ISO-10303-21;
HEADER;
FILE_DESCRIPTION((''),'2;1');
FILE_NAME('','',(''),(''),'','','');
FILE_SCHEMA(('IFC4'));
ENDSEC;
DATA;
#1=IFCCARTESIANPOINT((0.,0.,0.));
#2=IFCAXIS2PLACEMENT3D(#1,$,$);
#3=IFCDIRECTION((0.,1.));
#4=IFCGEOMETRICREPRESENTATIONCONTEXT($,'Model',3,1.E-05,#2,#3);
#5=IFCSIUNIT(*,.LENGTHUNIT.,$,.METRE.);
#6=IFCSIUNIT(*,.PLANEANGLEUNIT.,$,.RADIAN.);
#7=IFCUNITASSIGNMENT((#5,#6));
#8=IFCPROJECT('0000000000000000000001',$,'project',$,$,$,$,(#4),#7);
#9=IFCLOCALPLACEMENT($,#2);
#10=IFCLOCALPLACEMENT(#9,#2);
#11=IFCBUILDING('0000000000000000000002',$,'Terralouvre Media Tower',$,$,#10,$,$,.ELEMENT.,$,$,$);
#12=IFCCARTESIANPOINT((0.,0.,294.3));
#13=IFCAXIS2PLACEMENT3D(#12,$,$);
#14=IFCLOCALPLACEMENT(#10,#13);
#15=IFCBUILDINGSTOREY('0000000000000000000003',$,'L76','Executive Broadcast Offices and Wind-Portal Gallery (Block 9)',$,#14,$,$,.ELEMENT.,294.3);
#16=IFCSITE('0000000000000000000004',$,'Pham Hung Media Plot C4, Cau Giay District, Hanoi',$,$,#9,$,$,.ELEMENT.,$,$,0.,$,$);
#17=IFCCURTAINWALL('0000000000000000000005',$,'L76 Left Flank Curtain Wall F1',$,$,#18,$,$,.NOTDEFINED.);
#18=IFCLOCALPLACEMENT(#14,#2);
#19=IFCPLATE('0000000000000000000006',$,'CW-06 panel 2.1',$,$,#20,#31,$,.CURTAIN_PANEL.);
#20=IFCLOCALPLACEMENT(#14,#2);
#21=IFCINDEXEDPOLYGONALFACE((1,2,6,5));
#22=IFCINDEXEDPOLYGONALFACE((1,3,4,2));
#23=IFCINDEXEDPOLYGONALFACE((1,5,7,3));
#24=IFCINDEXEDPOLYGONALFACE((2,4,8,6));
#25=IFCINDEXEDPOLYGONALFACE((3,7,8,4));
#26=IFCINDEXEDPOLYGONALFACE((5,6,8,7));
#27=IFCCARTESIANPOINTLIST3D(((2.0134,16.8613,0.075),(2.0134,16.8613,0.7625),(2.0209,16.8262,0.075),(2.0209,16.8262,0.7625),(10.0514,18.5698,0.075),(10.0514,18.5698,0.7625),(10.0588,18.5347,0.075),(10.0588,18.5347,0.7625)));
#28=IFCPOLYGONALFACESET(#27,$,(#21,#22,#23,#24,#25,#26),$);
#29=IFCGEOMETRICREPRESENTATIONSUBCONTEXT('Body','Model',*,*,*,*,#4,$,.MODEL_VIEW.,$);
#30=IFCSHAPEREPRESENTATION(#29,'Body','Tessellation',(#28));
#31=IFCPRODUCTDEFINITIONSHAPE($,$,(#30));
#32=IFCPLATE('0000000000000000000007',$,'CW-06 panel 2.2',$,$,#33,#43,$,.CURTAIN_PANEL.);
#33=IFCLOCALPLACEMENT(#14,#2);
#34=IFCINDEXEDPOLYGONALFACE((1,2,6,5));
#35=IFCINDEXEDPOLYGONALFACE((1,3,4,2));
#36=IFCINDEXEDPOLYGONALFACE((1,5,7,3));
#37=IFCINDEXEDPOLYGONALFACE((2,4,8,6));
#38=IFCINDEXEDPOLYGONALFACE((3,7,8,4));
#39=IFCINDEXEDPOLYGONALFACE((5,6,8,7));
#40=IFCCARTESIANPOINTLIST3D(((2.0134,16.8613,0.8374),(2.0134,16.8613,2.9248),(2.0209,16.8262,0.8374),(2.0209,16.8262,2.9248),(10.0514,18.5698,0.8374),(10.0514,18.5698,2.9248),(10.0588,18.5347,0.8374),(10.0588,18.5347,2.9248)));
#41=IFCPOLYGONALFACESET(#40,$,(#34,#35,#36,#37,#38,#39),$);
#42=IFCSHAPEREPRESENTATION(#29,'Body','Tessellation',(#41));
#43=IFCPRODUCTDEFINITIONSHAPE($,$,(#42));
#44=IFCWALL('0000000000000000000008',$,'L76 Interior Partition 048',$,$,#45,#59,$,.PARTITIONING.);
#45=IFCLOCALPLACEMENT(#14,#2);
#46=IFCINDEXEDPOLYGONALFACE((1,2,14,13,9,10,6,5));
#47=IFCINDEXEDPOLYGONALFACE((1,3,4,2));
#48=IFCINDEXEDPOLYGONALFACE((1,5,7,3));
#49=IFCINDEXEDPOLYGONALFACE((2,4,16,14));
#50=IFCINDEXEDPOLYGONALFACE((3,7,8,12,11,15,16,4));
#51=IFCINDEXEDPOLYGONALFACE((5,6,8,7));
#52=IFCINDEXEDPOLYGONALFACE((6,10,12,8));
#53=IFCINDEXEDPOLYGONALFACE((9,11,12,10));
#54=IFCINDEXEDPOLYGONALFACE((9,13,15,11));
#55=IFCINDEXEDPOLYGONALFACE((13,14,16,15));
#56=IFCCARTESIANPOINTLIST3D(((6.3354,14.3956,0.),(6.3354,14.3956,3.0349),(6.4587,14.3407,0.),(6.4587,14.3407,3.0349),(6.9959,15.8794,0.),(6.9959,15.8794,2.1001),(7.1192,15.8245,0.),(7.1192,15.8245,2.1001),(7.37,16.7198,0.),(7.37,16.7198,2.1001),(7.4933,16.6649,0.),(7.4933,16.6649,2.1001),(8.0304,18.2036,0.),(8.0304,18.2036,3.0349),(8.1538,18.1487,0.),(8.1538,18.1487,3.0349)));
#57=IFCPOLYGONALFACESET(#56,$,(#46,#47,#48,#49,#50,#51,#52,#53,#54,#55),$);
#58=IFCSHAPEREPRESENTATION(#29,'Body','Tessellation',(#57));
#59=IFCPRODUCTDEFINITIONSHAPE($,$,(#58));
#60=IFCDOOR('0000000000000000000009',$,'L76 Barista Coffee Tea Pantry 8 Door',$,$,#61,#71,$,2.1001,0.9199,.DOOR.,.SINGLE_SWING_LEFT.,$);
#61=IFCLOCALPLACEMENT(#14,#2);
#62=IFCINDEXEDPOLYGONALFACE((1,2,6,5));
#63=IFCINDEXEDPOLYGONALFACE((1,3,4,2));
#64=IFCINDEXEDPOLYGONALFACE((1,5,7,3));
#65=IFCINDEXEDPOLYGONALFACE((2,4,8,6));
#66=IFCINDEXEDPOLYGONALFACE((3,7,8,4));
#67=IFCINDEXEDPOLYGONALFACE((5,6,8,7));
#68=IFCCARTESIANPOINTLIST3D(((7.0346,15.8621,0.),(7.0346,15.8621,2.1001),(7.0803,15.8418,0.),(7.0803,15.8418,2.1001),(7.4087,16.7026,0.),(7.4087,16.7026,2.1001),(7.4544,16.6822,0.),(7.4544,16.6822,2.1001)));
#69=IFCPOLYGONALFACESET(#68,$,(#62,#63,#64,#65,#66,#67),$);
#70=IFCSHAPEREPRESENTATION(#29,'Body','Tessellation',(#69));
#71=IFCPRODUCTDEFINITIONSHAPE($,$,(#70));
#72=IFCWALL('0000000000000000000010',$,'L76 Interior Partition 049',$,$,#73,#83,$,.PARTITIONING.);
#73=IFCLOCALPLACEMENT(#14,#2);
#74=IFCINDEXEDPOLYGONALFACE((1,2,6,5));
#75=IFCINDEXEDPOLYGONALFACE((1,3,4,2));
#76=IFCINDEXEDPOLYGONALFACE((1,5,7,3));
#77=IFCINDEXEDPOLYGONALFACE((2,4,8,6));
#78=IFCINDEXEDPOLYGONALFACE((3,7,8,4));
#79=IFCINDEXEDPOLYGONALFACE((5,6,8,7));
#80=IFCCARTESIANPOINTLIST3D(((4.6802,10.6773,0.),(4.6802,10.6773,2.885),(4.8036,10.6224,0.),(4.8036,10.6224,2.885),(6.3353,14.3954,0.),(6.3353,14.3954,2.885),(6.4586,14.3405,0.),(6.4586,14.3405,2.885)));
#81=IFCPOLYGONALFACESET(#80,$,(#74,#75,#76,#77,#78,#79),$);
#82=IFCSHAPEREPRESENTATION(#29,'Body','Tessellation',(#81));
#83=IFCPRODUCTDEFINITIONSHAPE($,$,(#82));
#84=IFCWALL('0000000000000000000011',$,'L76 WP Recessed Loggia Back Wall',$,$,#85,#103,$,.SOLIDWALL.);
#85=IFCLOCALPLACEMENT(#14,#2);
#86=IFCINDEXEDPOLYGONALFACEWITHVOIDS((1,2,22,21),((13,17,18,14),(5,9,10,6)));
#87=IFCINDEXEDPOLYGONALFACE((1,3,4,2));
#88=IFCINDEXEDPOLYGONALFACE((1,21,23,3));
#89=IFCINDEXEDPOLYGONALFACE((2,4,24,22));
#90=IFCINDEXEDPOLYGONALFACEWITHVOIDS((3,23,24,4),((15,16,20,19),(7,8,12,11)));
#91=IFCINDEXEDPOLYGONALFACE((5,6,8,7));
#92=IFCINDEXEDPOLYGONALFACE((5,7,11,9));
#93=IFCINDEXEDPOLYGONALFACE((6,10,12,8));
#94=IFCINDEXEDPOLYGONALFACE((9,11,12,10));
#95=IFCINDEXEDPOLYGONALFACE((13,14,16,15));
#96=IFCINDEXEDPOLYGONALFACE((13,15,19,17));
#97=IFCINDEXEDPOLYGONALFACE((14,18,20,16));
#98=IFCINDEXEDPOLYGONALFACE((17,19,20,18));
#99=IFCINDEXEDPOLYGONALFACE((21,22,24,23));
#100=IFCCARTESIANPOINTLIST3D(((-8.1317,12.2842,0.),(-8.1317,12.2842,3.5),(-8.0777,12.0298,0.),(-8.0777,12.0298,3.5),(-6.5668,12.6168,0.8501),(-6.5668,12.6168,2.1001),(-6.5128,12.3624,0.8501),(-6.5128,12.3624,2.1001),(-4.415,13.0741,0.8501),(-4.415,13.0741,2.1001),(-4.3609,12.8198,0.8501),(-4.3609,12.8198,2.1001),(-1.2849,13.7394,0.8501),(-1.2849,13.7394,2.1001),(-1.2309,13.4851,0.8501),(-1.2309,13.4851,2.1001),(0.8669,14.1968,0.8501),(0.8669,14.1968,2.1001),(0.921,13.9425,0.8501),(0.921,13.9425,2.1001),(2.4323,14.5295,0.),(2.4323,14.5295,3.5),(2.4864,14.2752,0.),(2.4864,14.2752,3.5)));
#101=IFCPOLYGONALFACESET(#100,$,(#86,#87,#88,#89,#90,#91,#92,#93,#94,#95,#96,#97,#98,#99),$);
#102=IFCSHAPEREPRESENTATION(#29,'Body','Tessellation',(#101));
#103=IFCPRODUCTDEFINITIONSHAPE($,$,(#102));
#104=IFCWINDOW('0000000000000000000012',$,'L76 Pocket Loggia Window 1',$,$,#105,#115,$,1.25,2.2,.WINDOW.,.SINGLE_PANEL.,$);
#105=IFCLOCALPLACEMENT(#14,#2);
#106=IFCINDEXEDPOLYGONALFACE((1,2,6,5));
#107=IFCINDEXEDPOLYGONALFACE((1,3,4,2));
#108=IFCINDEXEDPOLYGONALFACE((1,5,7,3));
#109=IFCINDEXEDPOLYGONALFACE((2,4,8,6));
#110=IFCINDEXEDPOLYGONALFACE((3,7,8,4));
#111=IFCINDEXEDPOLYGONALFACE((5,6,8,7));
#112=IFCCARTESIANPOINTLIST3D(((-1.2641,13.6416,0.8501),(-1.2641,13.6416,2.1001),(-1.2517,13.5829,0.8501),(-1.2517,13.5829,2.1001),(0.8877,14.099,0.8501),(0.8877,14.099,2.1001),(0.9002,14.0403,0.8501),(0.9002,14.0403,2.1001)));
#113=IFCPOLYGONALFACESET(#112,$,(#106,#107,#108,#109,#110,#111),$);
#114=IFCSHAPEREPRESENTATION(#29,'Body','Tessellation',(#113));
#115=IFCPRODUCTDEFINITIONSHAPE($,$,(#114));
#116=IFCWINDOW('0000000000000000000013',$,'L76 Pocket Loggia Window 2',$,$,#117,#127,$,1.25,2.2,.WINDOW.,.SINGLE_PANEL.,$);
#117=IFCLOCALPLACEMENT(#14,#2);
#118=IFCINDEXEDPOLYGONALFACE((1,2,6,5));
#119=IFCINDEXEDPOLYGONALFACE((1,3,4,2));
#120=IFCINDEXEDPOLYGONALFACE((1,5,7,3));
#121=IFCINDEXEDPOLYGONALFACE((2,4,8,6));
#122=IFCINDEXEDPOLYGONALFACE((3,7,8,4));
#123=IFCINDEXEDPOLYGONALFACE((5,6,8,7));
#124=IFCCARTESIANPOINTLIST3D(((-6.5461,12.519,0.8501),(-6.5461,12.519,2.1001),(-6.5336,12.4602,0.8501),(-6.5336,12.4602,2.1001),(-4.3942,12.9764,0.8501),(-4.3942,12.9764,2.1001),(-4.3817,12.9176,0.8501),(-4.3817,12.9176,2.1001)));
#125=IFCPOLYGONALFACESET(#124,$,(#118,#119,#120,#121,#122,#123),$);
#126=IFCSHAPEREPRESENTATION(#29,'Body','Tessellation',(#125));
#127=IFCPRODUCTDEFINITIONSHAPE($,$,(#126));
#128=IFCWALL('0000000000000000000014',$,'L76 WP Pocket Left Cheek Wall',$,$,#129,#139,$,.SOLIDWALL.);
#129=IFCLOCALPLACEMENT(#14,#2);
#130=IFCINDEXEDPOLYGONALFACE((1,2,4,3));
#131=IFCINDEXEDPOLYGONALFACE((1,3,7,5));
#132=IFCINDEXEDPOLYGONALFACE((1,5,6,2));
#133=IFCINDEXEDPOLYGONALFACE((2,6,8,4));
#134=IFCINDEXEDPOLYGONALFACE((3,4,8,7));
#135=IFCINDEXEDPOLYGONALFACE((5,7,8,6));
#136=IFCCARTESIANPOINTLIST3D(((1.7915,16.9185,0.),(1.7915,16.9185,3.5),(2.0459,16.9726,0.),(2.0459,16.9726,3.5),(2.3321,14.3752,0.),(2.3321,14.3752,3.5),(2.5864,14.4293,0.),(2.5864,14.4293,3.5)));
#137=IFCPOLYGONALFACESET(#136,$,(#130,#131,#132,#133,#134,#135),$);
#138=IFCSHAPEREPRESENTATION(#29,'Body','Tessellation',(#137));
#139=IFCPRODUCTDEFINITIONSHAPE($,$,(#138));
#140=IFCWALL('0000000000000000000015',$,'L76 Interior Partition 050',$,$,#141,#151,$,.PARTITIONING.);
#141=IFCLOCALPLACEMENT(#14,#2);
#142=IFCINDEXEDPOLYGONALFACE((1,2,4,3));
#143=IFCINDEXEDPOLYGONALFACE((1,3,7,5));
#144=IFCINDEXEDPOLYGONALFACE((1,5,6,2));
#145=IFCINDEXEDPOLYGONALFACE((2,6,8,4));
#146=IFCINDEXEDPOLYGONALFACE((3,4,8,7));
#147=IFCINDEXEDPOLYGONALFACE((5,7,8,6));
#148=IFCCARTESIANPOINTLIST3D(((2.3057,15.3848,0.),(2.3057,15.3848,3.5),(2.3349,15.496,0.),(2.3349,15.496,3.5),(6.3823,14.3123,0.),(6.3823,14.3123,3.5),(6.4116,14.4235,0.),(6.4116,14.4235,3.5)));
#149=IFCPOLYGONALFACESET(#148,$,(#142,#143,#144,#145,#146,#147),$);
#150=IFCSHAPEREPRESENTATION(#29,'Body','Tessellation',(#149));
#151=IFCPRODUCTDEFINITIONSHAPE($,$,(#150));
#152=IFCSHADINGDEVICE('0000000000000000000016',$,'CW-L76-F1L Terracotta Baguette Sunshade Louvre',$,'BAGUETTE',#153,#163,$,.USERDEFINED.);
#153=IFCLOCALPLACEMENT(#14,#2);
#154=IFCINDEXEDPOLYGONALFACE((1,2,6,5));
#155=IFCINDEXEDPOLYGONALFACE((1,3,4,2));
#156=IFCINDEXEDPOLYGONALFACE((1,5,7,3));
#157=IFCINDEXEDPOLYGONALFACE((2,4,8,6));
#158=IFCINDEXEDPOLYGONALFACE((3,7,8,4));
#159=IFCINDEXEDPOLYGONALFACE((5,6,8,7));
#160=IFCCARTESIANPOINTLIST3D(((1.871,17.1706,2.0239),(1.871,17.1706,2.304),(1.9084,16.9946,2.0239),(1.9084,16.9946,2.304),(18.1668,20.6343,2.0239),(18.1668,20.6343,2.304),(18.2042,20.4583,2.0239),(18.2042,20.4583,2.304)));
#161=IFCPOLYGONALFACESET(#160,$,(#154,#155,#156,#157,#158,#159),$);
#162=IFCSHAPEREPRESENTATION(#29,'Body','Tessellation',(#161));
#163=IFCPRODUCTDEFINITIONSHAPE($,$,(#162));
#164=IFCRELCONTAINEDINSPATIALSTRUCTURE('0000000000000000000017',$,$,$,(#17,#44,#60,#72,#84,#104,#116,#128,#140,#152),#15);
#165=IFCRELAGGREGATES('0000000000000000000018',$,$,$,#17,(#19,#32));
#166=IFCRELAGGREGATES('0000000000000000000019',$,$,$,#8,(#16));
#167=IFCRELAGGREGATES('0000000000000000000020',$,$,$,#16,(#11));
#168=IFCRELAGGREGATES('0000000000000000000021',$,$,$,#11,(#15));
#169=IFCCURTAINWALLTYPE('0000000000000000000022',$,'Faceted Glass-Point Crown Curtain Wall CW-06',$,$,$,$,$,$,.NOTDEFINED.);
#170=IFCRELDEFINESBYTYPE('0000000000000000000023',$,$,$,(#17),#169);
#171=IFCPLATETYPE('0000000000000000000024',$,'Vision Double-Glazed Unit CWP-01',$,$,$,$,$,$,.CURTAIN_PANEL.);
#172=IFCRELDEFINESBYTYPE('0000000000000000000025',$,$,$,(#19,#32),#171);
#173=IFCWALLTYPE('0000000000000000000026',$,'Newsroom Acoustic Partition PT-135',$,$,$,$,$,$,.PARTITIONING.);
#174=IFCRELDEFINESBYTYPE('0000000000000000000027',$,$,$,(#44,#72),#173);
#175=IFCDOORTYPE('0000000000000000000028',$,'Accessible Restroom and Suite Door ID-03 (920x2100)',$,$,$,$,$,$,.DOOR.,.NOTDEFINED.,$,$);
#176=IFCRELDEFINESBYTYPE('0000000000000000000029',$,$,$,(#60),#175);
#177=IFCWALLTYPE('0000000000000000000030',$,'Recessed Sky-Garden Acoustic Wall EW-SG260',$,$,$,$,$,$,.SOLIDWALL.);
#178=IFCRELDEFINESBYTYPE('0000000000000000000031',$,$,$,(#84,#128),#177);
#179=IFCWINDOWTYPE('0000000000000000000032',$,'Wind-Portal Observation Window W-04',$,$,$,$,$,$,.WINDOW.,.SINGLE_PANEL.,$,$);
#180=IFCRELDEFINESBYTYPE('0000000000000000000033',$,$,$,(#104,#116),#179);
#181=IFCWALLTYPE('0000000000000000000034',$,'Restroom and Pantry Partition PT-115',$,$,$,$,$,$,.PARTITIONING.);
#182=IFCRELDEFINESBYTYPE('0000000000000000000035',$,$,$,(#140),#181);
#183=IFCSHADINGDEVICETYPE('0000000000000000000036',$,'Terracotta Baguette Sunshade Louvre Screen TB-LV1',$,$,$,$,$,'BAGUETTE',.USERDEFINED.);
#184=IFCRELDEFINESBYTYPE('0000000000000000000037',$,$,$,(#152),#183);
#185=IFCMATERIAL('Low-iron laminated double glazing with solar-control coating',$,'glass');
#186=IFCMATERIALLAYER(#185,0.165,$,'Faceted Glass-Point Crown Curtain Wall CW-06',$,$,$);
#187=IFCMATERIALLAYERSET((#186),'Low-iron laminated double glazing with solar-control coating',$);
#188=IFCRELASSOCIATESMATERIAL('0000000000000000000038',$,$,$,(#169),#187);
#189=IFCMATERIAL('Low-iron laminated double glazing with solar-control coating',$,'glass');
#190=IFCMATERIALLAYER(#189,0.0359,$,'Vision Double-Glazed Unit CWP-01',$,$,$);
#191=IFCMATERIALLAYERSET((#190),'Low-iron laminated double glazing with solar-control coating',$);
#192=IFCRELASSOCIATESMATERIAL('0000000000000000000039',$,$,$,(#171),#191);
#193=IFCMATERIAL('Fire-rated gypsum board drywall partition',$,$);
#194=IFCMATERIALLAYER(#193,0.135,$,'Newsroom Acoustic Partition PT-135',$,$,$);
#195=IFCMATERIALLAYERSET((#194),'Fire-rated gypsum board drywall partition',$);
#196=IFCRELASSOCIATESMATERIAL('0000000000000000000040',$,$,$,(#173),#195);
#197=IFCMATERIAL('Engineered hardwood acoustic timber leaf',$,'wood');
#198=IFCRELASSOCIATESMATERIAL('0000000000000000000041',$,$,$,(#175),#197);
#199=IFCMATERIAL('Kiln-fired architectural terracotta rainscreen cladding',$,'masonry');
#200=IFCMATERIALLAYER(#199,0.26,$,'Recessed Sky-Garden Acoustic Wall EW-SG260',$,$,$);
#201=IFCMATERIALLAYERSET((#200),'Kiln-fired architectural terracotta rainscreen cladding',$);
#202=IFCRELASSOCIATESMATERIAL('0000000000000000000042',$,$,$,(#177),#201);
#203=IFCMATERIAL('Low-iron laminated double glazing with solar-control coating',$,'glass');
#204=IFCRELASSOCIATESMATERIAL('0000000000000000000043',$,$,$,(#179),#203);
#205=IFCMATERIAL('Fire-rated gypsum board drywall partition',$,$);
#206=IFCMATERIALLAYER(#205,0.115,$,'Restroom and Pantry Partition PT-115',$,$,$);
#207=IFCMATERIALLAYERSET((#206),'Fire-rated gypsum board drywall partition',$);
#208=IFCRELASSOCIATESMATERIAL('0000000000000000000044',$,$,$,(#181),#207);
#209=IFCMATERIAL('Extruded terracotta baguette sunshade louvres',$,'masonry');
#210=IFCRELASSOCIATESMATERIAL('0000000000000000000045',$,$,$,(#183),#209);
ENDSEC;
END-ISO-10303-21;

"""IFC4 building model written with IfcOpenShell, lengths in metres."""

from ifc_helpers import new_model, si_unit, direction, frame, frame_2d, origin, origin_2d, place, context, subcontext, project, spatial, rectangle, extrude, material, layer, layer_set, type_object, element, fill, aggregate, save


model = new_model("IFC4")

# Units and contexts
model_context = context("Model", 3, precision=1e-05, world=origin(), true_north=direction((0.0, 1.0)))
body_context = subcontext(model_context, "Body", "Model", "MODEL_VIEW")
ifc_project = project(units=[si_unit("LENGTHUNIT", "METRE"), si_unit("PLANEANGLEUNIT", "RADIAN")], contexts=[model_context])

# Site, building, storey
site_placement = place(None, origin())
site = spatial("IfcSite", under=ifc_project, at=site_placement, Name="Pham Hung Media Plot C4, Cau Giay District, Hanoi", CompositionType="ELEMENT", RefElevation=0.0)
building_placement = place(site_placement, origin())
building = spatial("IfcBuilding", under=site, at=building_placement, Name="Terralouvre Media Tower", CompositionType="ELEMENT")
storey_placement = place(building_placement, frame((0.0, 0.0, 294.3)))
storey = spatial("IfcBuildingStorey", under=building, at=storey_placement, Name="L76", Description="Executive Broadcast Offices and Wind-Portal Gallery (Block 9)", CompositionType="ELEMENT", Elevation=294.3)

# Curtain wall
ifc_material_1 = material(Name="Low-iron laminated double glazing with solar-control coating", Category="glass")
ifc_layer_1 = layer(ifc_material_1, 0.165, Name="Faceted Glass-Point Crown Curtain Wall CW-06")
ifc_layer_set_1 = layer_set([ifc_layer_1], Name="Low-iron laminated double glazing with solar-control coating")
curtain_wall_type = type_object("IfcCurtainWallType", Name="Faceted Glass-Point Crown Curtain Wall CW-06", PredefinedType="NOTDEFINED", material=ifc_layer_set_1)
curtain_wall_placement = place(storey_placement, origin())
curtain_wall = element("IfcCurtainWall", 1, at=curtain_wall_placement, inside=storey, type_object=curtain_wall_type, Name="L76 Left Flank Curtain Wall F1", PredefinedType="NOTDEFINED")

# Plates
ifc_material_2 = material(Name="Low-iron laminated double glazing with solar-control coating", Category="glass")
ifc_layer_2 = layer(ifc_material_2, 0.0359, Name="Vision Double-Glazed Unit CWP-01")
ifc_layer_set_2 = layer_set([ifc_layer_2], Name="Low-iron laminated double glazing with solar-control coating")
plate_type = type_object("IfcPlateType", Name="Vision Double-Glazed Unit CWP-01", PredefinedType="CURTAIN_PANEL", material=ifc_layer_set_2)
plate_1_placement = place(storey_placement, frame((6.0361, 17.698, 0.075), z_axis=(0.0, 0.0, 1.0), x_axis=(-0.978148, -0.207912, 0.0)))
plate_1 = element("IfcPlate", 2, at=plate_1_placement, type_object=plate_type, Name="CW-06 panel 2.1", PredefinedType="CURTAIN_PANEL", context=body_context, shape_type="SweptSolid", body=[
    extrude(rectangle(XDim=8.2175, YDim=0.0359, at=origin_2d()), origin(), (0.0, 0.0, 1.0), 0.6875),
])
plate_2_placement = place(storey_placement, frame((6.0361, 17.698, 0.8374), z_axis=(0.0, 0.0, 1.0), x_axis=(-0.978148, -0.207912, 0.0)))
plate_2 = element("IfcPlate", 3, at=plate_2_placement, type_object=plate_type, Name="CW-06 panel 2.2", PredefinedType="CURTAIN_PANEL", context=body_context, shape_type="SweptSolid", body=[
    extrude(rectangle(XDim=8.2175, YDim=0.0359, at=origin_2d()), origin(), (0.0, 0.0, 1.0), 2.0874),
])
aggregate(curtain_wall, [plate_1, plate_2])

# Wall, opening, door
ifc_material_3 = material(Name="Fire-rated gypsum board drywall partition")
ifc_layer_3 = layer(ifc_material_3, 0.135, Name="Newsroom Acoustic Partition PT-135")
ifc_layer_set_3 = layer_set([ifc_layer_3], Name="Fire-rated gypsum board drywall partition")
wall_type_1 = type_object("IfcWallType", Name="Newsroom Acoustic Partition PT-135", PredefinedType="PARTITIONING", material=ifc_layer_set_3)
wall_1_placement = place(storey_placement, frame((8.092, 18.176, 0.0), z_axis=(0.0, 0.0, 1.0), x_axis=(-0.406655, -0.913582, 0.0)))
wall_1 = element("IfcWall", 4, at=wall_1_placement, inside=storey, type_object=wall_type_1, Name="L76 Interior Partition 048", PredefinedType="PARTITIONING", context=body_context, shape_type="SweptSolid", body=[
    extrude(rectangle(XDim=4.1682, YDim=0.135, at=frame_2d((2.084, 0.0))), origin(), (0.0, 0.0, 1.0), 3.0349),
])
opening_1_placement = place(wall_1_placement, frame((1.624, 0.0, 0.0)))
opening_1 = element("IfcOpeningElement", 5, at=opening_1_placement, cuts=wall_1, PredefinedType="OPENING", context=body_context, shape_type="SweptSolid", body=[
    extrude(rectangle(XDim=0.9199, YDim=2.1001, at=frame_2d((0.46, 1.05))), frame((0.0, 0.0774, 0.0), z_axis=(0.0, -1.0, 0.0), x_axis=(1.0, 0.0, 0.0)), (0.0, 0.0, 1.0), 0.155),
])
ifc_material_4 = material(Name="Engineered hardwood acoustic timber leaf", Category="wood")
door_type = type_object("IfcDoorType", Name="Accessible Restroom and Suite Door ID-03 (920x2100)", OperationType="NOTDEFINED", PredefinedType="DOOR", material=ifc_material_4)
door_placement = place(opening_1_placement, origin())
door = element("IfcDoor", 6, at=door_placement, inside=storey, type_object=door_type, Name="L76 Barista Coffee Tea Pantry 8 Door", OperationType="SINGLE_SWING_LEFT", OverallHeight=2.1001, OverallWidth=0.9199, PredefinedType="DOOR", context=body_context, shape_type="SweptSolid", body=[
    extrude(rectangle(XDim=0.9199, YDim=2.1001, at=frame_2d((0.46, 1.05))), frame((0.0, 0.0249, 0.0), z_axis=(0.0, -1.0, 0.0), x_axis=(1.0, 0.0, 0.0)), (0.0, 0.0, 1.0), 0.05),
])
fill(opening_1, door)

# Wall
wall_2_placement = place(storey_placement, frame((6.397, 14.3679, 0.0), z_axis=(0.0, 0.0, 1.0), x_axis=(-0.406667, -0.913576, 0.0)))
element("IfcWall", 7, at=wall_2_placement, inside=storey, type_object=wall_type_1, Name="L76 Interior Partition 049", PredefinedType="PARTITIONING", context=body_context, shape_type="SweptSolid", body=[
    extrude(rectangle(XDim=4.0698, YDim=0.135, at=frame_2d((2.0349, 0.0))), origin(), (0.0, 0.0, 1.0), 2.885),
])

# Wall, openings, windows
ifc_material_5 = material(Name="Kiln-fired architectural terracotta rainscreen cladding", Category="masonry")
ifc_layer_4 = layer(ifc_material_5, 0.26, Name="Recessed Sky-Garden Acoustic Wall EW-SG260")
ifc_layer_set_4 = layer_set([ifc_layer_4], Name="Kiln-fired architectural terracotta rainscreen cladding")
wall_type_2 = type_object("IfcWallType", Name="Recessed Sky-Garden Acoustic Wall EW-SG260", PredefinedType="SOLIDWALL", material=ifc_layer_set_4)
wall_3_placement = place(storey_placement, frame((2.4592, 14.4023, 0.0), z_axis=(0.0, 0.0, 1.0), x_axis=(-0.978149, -0.207905, 0.0)))
wall_3 = element("IfcWall", 8, at=wall_3_placement, inside=storey, type_object=wall_type_2, Name="L76 WP Recessed Loggia Back Wall", PredefinedType="SOLIDWALL", context=body_context, shape_type="SweptSolid", body=[
    extrude(rectangle(XDim=10.8, YDim=0.26, at=frame_2d((5.3999, 0.0))), origin(), (0.0, 0.0, 1.0), 3.5),
])
opening_2_placement = place(wall_3_placement, frame((1.6001, 0.0, 0.8501)))
opening_2 = element("IfcOpeningElement", 9, at=opening_2_placement, cuts=wall_3, PredefinedType="OPENING", context=body_context, shape_type="SweptSolid", body=[
    extrude(rectangle(XDim=2.2, YDim=1.25, at=frame_2d((1.1001, 0.625))), frame((0.0, 0.1399, 0.0), z_axis=(0.0, -1.0, 0.0), x_axis=(1.0, 0.0, 0.0)), (0.0, 0.0, 1.0), 0.28),
])
opening_3_placement = place(wall_3_placement, frame((7.0, 0.0, 0.8501)))
opening_3 = element("IfcOpeningElement", 10, at=opening_3_placement, cuts=wall_3, PredefinedType="OPENING", context=body_context, shape_type="SweptSolid", body=[
    extrude(rectangle(XDim=2.2, YDim=1.25, at=frame_2d((1.1001, 0.625))), frame((0.0, 0.1399, 0.0), z_axis=(0.0, -1.0, 0.0), x_axis=(1.0, 0.0, 0.0)), (0.0, 0.0, 1.0), 0.28),
])
ifc_material_6 = material(Name="Low-iron laminated double glazing with solar-control coating", Category="glass")
window_type = type_object("IfcWindowType", Name="Wind-Portal Observation Window W-04", PartitioningType="SINGLE_PANEL", PredefinedType="WINDOW", material=ifc_material_6)
window_1_placement = place(opening_2_placement, origin())
window_1 = element("IfcWindow", 11, at=window_1_placement, inside=storey, type_object=window_type, Name="L76 Pocket Loggia Window 1", OverallHeight=1.25, OverallWidth=2.2, PartitioningType="SINGLE_PANEL", PredefinedType="WINDOW", context=body_context, shape_type="SweptSolid", body=[
    extrude(rectangle(XDim=2.2, YDim=1.25, at=frame_2d((1.1001, 0.625))), frame((0.0, 0.03, 0.0), z_axis=(0.0, -1.0, 0.0), x_axis=(1.0, 0.0, 0.0)), (0.0, 0.0, 1.0), 0.0601),
])
fill(opening_2, window_1)
window_2_placement = place(opening_3_placement, origin())
window_2 = element("IfcWindow", 12, at=window_2_placement, inside=storey, type_object=window_type, Name="L76 Pocket Loggia Window 2", OverallHeight=1.25, OverallWidth=2.2, PartitioningType="SINGLE_PANEL", PredefinedType="WINDOW", context=body_context, shape_type="SweptSolid", body=[
    extrude(rectangle(XDim=2.2, YDim=1.25, at=frame_2d((1.1001, 0.625))), frame((0.0, 0.03, 0.0), z_axis=(0.0, -1.0, 0.0), x_axis=(1.0, 0.0, 0.0)), (0.0, 0.0, 1.0), 0.0601),
])
fill(opening_3, window_2)

# Walls
wall_4_placement = place(storey_placement, frame((1.9187, 16.9456, 0.0), z_axis=(0.0, 0.0, 1.0), x_axis=(0.207894, -0.978151, 0.0)))
element("IfcWall", 13, at=wall_4_placement, inside=storey, type_object=wall_type_2, Name="L76 WP Pocket Left Cheek Wall", PredefinedType="SOLIDWALL", context=body_context, shape_type="SweptSolid", body=[
    extrude(rectangle(XDim=2.6001, YDim=0.26, at=frame_2d((1.3, 0.0))), origin(), (0.0, 0.0, 1.0), 3.5),
])
ifc_material_7 = material(Name="Fire-rated gypsum board drywall partition")
ifc_layer_5 = layer(ifc_material_7, 0.115, Name="Restroom and Pantry Partition PT-115")
ifc_layer_set_5 = layer_set([ifc_layer_5], Name="Fire-rated gypsum board drywall partition")
wall_type_3 = type_object("IfcWallType", Name="Restroom and Pantry Partition PT-115", PredefinedType="PARTITIONING", material=ifc_layer_set_5)
wall_5_placement = place(storey_placement, frame((2.3203, 15.4404, 0.0), z_axis=(0.0, 0.0, 1.0), x_axis=(0.967092, -0.254428, 0.0)))
element("IfcWall", 14, at=wall_5_placement, inside=storey, type_object=wall_type_3, Name="L76 Interior Partition 050", PredefinedType="PARTITIONING", context=body_context, shape_type="SweptSolid", body=[
    extrude(rectangle(XDim=4.2153, YDim=0.115, at=frame_2d((2.1077, 0.0))), origin(), (0.0, 0.0, 1.0), 3.5),
])

# Shading device
ifc_material_8 = material(Name="Extruded terracotta baguette sunshade louvres", Category="masonry")
shading_device_type = type_object("IfcShadingDeviceType", Name="Terracotta Baguette Sunshade Louvre Screen TB-LV1", ElementType="BAGUETTE", PredefinedType="USERDEFINED", material=ifc_material_8)
shading_device_placement = place(storey_placement, frame((10.0376, 18.8145, 2.0239), z_axis=(0.0, 0.0, 1.0), x_axis=(-0.978148, -0.207912, 0.0)))
element("IfcShadingDevice", 15, at=shading_device_placement, inside=storey, type_object=shading_device_type, Name="CW-L76-F1L Terracotta Baguette Sunshade Louvre", ObjectType="BAGUETTE", PredefinedType="USERDEFINED", context=body_context, shape_type="SweptSolid", body=[
    extrude(rectangle(XDim=16.6599, YDim=0.1799, at=origin_2d()), origin(), (0.0, 0.0, 1.0), 0.28),
])

save(model, "model.ifc")
